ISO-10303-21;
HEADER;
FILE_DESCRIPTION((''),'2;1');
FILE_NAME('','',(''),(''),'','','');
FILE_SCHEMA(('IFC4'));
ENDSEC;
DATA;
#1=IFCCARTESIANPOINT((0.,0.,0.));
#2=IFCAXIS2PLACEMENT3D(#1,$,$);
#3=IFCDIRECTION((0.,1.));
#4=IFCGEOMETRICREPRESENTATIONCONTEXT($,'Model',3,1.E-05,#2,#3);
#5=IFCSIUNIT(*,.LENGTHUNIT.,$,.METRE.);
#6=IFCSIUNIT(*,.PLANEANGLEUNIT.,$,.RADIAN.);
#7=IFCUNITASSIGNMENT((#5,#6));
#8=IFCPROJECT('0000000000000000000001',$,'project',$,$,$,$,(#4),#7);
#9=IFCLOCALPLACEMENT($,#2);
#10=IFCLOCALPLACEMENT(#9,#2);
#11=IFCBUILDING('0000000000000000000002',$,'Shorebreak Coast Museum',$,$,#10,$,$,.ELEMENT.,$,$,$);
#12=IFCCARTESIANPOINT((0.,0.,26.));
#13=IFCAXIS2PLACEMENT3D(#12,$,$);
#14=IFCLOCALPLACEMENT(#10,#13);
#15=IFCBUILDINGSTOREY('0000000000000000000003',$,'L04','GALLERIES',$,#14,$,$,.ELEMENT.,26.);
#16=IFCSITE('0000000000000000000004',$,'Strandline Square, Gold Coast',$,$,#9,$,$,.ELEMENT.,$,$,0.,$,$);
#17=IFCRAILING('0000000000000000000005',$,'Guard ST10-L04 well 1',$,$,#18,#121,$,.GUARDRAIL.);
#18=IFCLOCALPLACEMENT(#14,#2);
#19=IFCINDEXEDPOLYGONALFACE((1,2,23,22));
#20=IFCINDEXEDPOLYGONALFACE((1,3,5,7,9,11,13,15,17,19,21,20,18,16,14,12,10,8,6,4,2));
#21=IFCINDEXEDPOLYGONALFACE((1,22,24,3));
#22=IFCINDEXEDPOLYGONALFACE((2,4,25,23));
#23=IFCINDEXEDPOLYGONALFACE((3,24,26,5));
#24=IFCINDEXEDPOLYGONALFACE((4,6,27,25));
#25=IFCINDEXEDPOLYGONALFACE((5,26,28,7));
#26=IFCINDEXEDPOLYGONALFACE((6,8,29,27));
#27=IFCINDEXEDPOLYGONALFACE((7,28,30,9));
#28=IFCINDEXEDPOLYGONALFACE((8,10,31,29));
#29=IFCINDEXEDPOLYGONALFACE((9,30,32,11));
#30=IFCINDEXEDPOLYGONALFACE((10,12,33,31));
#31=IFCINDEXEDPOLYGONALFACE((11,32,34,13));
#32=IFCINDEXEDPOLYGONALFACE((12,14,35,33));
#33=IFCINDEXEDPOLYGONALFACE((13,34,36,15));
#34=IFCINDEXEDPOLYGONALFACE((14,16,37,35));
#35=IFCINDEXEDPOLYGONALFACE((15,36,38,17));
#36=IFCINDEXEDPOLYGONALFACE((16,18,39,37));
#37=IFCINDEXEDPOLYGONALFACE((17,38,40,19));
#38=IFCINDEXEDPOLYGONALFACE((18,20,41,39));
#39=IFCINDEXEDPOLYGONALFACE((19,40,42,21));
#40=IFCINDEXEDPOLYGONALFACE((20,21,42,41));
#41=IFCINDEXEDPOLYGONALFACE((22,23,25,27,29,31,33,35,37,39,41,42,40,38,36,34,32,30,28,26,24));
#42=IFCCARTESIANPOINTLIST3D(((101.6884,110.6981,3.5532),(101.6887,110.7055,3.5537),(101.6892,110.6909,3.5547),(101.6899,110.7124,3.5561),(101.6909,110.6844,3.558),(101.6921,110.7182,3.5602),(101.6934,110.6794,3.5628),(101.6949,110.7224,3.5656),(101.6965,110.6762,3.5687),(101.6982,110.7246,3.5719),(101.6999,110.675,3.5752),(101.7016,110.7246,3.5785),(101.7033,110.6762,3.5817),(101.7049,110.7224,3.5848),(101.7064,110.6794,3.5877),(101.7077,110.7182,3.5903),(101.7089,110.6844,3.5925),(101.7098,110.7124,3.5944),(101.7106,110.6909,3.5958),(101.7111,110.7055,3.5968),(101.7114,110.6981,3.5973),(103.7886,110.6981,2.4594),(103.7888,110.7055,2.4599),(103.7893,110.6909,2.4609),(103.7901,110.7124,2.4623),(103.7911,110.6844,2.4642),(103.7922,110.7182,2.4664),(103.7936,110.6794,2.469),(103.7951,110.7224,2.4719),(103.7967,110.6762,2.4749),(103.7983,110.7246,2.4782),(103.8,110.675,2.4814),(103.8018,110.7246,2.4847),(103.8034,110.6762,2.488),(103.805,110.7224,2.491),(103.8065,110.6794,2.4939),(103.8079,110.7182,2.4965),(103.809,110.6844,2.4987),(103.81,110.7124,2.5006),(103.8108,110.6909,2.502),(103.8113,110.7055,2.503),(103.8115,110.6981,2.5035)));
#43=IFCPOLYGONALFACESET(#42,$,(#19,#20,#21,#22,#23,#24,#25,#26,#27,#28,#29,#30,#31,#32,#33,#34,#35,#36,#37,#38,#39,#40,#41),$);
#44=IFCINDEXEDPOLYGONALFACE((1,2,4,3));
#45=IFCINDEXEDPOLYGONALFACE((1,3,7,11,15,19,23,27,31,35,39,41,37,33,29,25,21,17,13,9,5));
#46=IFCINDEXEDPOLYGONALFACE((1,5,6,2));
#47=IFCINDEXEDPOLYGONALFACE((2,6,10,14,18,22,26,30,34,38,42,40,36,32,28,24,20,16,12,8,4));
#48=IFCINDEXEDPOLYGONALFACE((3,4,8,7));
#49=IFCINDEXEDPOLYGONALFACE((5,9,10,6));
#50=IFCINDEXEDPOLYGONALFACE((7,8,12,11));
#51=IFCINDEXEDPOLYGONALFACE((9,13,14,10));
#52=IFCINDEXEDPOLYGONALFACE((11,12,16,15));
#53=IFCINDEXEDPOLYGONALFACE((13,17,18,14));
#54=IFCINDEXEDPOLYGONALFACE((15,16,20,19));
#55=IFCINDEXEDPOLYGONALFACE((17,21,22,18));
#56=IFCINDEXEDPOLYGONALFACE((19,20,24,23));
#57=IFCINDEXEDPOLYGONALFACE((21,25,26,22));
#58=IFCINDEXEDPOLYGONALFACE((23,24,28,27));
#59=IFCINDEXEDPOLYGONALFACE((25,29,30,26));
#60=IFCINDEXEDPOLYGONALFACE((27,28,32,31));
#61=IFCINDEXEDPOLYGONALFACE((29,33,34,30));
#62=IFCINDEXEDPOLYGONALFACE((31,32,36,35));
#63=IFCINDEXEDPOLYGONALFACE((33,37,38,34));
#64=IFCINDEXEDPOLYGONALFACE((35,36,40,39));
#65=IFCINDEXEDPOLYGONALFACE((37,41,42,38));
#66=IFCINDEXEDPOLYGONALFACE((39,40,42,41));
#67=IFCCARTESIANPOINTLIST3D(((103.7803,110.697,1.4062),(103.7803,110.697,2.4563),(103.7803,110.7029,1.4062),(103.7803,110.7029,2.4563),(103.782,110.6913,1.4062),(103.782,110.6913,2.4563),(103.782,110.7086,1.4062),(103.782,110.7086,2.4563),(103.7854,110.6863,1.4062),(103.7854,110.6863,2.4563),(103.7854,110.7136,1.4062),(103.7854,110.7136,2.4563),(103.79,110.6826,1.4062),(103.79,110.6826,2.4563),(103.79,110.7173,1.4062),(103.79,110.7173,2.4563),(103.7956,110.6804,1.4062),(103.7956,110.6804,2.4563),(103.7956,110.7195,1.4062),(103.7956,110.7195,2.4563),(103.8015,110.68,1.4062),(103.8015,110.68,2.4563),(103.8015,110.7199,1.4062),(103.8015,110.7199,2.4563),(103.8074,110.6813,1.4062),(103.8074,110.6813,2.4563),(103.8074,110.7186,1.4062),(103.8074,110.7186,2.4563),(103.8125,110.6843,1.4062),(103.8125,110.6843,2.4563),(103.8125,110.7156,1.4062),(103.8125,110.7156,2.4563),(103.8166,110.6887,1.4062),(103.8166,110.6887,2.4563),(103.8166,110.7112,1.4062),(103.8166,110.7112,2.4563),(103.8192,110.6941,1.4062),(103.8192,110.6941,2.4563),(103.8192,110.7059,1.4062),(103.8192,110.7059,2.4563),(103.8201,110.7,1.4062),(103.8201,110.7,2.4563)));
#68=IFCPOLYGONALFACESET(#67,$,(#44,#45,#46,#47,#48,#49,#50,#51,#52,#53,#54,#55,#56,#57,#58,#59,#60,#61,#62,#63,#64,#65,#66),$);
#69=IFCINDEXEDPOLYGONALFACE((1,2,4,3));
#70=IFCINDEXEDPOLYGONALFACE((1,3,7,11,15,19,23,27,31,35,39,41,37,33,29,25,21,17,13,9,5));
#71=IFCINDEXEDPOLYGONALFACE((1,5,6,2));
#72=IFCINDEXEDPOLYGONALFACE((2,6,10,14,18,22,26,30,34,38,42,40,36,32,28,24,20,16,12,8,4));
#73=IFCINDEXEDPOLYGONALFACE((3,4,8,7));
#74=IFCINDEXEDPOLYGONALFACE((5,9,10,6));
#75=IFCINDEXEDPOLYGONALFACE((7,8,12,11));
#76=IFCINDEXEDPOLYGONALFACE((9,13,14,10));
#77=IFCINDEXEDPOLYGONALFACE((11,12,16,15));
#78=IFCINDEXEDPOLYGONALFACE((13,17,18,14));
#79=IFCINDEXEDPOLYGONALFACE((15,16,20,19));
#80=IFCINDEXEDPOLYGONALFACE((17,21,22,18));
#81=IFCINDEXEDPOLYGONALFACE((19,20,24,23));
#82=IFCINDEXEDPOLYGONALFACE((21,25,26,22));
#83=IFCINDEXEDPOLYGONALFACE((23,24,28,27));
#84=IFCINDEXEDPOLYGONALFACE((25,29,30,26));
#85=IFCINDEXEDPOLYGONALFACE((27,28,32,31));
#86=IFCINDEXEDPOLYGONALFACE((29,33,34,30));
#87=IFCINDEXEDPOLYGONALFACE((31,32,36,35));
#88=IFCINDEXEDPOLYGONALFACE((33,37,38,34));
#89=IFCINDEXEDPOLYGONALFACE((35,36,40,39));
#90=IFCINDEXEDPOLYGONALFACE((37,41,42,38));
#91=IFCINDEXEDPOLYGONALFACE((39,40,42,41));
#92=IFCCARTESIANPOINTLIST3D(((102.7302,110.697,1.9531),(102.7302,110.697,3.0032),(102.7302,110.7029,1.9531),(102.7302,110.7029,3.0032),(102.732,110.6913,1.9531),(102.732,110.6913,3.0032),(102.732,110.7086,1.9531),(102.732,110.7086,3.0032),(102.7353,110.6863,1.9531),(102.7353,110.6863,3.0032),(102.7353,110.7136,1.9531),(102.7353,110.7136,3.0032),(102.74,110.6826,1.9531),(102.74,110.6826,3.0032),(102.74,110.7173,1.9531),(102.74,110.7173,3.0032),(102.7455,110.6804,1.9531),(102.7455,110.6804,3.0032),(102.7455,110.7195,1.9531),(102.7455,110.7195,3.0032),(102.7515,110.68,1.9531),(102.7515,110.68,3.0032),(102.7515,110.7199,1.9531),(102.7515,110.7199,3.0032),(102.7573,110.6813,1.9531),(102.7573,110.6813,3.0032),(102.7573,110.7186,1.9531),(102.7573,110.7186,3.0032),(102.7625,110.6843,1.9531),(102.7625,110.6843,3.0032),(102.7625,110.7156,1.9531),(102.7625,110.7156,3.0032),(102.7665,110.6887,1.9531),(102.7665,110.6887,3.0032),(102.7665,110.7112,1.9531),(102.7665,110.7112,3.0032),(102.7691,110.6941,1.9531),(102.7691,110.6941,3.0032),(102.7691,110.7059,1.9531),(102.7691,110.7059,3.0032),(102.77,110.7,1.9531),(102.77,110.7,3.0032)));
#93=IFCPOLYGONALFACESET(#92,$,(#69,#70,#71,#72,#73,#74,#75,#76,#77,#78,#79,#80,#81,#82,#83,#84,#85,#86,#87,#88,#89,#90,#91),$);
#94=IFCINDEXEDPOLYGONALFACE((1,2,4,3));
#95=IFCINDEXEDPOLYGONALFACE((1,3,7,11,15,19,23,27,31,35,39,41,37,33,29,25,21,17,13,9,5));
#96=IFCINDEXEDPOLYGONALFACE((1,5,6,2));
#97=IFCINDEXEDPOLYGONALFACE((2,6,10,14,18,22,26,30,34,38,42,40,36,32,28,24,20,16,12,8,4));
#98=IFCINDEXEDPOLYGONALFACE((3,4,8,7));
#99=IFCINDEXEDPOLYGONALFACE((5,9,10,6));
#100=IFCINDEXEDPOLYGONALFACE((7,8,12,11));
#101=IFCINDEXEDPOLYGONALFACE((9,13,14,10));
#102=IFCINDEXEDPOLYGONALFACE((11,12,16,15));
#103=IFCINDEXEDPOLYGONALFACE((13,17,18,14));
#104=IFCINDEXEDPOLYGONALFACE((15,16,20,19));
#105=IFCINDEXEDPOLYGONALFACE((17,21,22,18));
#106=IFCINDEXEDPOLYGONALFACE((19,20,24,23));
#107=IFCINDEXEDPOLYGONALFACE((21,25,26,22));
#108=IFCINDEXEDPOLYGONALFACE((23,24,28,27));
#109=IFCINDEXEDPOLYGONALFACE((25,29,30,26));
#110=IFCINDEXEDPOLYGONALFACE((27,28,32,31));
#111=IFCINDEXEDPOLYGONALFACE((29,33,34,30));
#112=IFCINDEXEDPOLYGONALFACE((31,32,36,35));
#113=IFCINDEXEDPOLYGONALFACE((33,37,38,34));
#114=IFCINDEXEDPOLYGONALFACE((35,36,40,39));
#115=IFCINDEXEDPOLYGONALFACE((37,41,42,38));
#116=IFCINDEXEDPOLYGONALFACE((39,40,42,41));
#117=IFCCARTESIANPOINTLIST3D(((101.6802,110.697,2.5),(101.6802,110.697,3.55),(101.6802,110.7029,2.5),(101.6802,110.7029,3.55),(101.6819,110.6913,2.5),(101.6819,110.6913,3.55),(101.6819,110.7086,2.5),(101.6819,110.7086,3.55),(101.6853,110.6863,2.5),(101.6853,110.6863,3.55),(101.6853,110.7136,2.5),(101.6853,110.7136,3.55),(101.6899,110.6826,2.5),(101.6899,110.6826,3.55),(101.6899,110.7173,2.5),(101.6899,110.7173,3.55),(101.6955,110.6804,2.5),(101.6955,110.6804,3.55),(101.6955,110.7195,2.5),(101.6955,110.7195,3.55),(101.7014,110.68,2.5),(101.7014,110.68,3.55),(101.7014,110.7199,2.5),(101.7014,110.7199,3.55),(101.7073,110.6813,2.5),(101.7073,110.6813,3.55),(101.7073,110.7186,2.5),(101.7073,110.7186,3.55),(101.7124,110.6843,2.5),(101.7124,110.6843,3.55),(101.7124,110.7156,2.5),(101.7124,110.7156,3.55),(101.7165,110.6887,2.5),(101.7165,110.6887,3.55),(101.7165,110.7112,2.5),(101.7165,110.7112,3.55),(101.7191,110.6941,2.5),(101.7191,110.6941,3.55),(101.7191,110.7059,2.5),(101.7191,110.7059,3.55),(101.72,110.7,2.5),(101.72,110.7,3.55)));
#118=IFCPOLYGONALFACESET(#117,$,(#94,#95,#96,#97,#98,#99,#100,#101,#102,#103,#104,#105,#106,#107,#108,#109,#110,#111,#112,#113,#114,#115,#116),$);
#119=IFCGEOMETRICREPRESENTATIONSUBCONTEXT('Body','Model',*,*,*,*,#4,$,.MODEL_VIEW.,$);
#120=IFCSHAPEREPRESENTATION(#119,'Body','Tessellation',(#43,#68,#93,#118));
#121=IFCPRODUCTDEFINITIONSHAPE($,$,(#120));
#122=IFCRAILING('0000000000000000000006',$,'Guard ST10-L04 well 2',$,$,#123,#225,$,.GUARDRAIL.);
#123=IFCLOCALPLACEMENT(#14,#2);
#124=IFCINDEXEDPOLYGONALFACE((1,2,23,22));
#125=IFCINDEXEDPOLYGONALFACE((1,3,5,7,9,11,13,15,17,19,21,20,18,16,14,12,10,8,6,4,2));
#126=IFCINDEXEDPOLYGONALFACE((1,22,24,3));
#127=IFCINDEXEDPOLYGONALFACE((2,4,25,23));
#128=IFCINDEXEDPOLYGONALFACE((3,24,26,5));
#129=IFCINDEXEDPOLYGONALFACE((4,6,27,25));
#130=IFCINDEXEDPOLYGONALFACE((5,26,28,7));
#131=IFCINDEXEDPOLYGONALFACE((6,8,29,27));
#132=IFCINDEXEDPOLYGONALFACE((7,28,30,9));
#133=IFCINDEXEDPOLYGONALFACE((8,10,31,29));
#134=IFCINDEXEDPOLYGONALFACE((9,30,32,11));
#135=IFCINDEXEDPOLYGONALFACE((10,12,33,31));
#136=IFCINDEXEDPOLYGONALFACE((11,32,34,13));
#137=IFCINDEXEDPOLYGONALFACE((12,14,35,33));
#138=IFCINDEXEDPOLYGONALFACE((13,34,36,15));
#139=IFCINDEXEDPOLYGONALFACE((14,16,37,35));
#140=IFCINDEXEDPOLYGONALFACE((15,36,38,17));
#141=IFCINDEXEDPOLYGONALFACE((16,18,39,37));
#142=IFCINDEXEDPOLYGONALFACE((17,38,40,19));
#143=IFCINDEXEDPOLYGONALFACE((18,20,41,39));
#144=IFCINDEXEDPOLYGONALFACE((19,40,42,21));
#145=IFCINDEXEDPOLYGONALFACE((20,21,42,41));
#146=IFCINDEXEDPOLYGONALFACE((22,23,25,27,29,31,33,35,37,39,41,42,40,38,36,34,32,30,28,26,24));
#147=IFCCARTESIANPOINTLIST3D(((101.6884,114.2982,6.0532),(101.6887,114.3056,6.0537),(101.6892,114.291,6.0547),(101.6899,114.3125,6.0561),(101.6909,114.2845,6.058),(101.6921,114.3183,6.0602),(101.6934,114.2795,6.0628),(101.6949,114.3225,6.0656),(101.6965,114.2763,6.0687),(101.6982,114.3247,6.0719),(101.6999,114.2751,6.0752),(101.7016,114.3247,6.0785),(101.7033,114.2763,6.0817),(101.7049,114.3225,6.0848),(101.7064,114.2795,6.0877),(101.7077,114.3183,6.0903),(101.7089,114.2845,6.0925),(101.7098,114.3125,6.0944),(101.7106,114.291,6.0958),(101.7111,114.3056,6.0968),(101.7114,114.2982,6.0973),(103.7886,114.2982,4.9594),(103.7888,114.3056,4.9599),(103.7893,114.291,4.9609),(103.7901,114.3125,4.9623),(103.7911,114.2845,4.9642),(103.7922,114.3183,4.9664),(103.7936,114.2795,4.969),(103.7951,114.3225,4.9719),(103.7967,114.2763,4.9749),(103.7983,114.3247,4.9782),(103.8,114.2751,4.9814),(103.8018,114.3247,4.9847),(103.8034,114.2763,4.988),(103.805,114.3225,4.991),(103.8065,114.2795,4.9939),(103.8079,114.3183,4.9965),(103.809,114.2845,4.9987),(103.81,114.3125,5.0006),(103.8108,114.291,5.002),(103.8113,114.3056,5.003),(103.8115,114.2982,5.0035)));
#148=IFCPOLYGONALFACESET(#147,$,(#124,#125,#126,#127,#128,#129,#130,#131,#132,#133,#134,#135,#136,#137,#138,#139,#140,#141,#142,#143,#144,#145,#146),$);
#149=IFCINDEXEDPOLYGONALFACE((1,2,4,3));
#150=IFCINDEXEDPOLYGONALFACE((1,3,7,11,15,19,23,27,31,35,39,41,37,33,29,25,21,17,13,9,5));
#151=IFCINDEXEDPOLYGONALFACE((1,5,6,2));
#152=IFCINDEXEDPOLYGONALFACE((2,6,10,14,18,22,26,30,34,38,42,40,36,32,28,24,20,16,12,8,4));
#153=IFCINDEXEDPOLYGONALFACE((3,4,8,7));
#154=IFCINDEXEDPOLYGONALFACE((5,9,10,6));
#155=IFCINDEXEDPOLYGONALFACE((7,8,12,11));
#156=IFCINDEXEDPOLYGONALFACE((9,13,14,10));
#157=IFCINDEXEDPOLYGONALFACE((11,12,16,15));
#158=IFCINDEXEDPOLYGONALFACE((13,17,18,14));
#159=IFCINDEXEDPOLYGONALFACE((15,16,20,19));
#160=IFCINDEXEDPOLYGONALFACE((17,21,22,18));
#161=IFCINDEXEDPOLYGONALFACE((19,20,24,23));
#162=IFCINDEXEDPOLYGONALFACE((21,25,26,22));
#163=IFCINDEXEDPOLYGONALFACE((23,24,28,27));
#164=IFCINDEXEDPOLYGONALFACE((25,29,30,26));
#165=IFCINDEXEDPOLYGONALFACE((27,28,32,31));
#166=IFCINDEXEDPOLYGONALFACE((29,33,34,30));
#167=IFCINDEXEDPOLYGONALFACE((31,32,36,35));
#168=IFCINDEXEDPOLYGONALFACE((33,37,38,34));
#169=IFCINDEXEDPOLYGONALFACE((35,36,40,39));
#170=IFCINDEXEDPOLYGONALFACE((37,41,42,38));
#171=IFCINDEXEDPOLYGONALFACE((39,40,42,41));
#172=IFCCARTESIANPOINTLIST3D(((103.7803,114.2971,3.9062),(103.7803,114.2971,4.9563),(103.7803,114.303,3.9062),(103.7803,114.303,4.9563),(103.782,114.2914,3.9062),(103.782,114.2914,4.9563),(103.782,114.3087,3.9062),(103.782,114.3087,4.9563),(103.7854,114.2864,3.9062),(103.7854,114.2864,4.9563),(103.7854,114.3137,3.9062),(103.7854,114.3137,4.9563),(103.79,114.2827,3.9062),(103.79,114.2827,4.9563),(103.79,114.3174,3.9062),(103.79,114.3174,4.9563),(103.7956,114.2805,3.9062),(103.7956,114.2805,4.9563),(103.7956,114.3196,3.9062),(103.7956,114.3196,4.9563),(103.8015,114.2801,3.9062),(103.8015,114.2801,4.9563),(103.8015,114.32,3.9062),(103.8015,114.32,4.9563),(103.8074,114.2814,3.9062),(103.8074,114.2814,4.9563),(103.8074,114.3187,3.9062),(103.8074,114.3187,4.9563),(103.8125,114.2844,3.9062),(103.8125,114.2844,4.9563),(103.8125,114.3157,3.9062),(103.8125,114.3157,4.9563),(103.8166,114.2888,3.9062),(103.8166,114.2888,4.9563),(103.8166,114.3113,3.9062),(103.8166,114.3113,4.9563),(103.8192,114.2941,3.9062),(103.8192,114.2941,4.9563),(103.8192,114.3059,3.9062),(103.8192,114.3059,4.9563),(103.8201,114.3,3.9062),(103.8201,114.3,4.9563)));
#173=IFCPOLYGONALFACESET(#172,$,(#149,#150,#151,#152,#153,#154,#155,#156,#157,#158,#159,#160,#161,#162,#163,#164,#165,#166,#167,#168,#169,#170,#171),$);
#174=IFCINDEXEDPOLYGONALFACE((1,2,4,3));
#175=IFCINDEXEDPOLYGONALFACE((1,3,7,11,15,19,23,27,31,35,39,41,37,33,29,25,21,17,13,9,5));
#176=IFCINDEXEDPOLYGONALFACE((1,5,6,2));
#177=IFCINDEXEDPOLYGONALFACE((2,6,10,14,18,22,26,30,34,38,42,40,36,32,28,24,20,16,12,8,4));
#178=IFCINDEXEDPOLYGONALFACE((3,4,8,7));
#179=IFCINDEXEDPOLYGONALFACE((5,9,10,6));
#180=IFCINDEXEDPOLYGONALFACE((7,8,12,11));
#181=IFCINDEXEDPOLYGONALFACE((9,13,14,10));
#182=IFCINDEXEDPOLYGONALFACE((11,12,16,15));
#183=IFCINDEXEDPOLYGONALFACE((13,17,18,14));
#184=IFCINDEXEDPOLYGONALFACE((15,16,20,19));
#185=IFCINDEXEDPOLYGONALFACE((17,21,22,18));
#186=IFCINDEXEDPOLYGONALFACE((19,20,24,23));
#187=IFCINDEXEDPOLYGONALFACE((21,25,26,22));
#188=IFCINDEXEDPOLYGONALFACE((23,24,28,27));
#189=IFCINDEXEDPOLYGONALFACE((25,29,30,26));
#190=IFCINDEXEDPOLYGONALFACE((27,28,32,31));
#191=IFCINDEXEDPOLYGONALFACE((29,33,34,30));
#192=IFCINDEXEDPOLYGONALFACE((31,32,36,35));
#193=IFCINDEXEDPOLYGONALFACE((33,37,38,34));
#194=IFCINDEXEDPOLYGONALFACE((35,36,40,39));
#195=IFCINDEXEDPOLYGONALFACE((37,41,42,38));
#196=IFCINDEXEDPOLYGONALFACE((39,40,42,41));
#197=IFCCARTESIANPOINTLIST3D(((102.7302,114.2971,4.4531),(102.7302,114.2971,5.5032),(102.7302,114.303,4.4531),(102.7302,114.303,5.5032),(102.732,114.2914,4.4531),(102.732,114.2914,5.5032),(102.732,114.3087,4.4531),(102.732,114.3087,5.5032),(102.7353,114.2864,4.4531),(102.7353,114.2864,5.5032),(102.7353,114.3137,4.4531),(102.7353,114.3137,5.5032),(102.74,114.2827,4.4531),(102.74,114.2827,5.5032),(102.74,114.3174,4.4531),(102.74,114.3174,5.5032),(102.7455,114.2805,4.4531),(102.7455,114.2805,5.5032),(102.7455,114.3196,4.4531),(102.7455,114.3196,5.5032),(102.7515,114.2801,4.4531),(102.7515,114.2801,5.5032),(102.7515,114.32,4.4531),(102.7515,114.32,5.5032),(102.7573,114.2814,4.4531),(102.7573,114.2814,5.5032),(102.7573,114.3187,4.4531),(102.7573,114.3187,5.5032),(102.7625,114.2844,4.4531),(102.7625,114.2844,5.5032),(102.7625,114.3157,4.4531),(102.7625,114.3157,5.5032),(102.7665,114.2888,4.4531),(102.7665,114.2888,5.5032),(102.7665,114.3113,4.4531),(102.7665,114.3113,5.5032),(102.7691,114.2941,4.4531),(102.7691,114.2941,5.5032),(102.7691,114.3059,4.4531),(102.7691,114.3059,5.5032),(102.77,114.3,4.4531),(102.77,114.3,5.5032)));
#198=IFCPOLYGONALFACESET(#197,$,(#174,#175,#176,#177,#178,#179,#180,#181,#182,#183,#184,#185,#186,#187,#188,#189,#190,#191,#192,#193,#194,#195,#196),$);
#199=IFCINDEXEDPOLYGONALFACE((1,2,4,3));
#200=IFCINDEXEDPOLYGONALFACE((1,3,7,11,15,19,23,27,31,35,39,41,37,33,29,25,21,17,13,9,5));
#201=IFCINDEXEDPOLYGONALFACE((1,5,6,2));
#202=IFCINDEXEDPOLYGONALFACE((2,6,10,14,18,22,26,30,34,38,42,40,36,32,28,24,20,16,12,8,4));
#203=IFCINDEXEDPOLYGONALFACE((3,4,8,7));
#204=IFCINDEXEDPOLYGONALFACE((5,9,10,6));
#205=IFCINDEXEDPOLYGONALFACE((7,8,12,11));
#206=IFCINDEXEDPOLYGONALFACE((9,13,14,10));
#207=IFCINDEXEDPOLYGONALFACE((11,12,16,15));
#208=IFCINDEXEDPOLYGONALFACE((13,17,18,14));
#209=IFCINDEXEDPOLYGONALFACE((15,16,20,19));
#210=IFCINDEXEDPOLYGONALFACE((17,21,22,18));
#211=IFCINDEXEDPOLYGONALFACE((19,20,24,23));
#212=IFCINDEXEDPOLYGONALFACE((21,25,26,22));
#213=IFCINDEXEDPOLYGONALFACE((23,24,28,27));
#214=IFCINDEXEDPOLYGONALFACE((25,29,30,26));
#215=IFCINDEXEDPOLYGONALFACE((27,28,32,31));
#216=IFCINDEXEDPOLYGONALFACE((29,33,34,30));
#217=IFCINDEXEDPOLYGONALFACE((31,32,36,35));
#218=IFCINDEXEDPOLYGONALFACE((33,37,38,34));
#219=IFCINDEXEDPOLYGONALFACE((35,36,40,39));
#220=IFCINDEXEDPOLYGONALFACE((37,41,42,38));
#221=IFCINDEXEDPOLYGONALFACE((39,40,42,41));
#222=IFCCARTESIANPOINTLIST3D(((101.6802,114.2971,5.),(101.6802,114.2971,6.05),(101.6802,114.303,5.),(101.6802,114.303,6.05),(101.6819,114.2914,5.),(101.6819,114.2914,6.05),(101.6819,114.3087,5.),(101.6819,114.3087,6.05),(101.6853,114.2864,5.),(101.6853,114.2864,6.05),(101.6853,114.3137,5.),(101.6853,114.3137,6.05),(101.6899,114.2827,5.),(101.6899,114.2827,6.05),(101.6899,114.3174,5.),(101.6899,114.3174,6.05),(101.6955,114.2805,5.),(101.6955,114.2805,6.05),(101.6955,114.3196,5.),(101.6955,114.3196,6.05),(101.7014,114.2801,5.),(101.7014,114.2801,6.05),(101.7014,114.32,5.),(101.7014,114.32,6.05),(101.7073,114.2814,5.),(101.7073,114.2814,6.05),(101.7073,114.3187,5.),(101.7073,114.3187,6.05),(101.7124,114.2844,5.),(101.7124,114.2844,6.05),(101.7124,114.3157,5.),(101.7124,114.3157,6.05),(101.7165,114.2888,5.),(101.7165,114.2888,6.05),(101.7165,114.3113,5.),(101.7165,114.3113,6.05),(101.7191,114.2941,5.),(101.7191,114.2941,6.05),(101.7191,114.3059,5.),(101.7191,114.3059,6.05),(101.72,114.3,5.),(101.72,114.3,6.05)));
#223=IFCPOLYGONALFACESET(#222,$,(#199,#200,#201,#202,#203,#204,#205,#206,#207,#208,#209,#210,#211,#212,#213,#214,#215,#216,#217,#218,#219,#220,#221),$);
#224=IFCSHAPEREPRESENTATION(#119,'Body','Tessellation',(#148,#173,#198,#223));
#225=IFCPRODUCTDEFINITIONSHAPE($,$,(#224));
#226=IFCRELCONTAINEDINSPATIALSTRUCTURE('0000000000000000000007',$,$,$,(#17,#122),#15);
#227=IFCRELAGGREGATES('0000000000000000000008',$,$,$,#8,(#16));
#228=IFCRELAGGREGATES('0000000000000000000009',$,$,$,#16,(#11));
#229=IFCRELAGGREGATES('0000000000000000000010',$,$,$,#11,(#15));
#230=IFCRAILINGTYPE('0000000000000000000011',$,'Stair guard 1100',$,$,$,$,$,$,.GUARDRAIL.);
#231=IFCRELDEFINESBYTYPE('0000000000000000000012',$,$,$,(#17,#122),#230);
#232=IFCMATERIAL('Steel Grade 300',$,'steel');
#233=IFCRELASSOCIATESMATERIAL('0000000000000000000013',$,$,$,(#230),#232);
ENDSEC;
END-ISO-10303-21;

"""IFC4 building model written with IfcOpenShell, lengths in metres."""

from ifc_helpers import new_model, si_unit, direction, frame, origin, origin_2d, place, context, subcontext, project, spatial, circle, extrude, material, type_object, element, save


model = new_model("IFC4")

# Units and contexts
model_context = context("Model", 3, precision=1e-05, world=origin(), true_north=direction((0.0, 1.0)))
body_context = subcontext(model_context, "Body", "Model", "MODEL_VIEW")
ifc_project = project(units=[si_unit("LENGTHUNIT", "METRE"), si_unit("PLANEANGLEUNIT", "RADIAN")], contexts=[model_context])

# Site, building, storey
site_placement = place(None, origin())
site = spatial("IfcSite", under=ifc_project, at=site_placement, Name="Strandline Square, Gold Coast", CompositionType="ELEMENT", RefElevation=0.0)
building_placement = place(site_placement, origin())
building = spatial("IfcBuilding", under=site, at=building_placement, Name="Shorebreak Coast Museum", CompositionType="ELEMENT")
storey_placement = place(building_placement, frame((0.0, 0.0, 26.0)))
storey = spatial("IfcBuildingStorey", under=building, at=storey_placement, Name="L04", Description="GALLERIES", CompositionType="ELEMENT", Elevation=26.0)

# Railings
ifc_material_1 = material(Name="Steel Grade 300", Category="steel")
railing_type_1 = type_object("IfcRailingType", Name="Stair guard 1100", PredefinedType="GUARDRAIL", material=ifc_material_1)
for number, where, name in (
    (1, (103.8, 110.7, 1.4062), "Guard ST10-L04 well 1"),
    (2, (103.8, 114.3, 3.9062), "Guard ST10-L04 well 2"),
):
    element("IfcRailing", number, at=place(storey_placement, frame(where)), inside=storey, type_object=railing_type_1, Name=name, PredefinedType="GUARDRAIL", context=body_context, shape_type="SweptSolid", body=[
        extrude(circle(Radius=0.0249, at=origin_2d()), frame((0.0, 0.0, 1.0752), z_axis=(-0.886923, 0.0, 0.461918), x_axis=(0.0, -1.0, 0.0)), (0.0, 0.0, 1.0), 2.3679),
        extrude(circle(Radius=0.02, at=origin_2d()), origin(), (0.0, 0.0, 1.0), 1.05),
        extrude(circle(Radius=0.02, at=origin_2d()), frame((-1.05, 0.0, 0.5469)), (0.0, 0.0, 1.0), 1.05),
        extrude(circle(Radius=0.02, at=origin_2d()), frame((-2.1001, 0.0, 1.0938)), (0.0, 0.0, 1.0), 1.05),
    ])

save(model, "model.ifc")
